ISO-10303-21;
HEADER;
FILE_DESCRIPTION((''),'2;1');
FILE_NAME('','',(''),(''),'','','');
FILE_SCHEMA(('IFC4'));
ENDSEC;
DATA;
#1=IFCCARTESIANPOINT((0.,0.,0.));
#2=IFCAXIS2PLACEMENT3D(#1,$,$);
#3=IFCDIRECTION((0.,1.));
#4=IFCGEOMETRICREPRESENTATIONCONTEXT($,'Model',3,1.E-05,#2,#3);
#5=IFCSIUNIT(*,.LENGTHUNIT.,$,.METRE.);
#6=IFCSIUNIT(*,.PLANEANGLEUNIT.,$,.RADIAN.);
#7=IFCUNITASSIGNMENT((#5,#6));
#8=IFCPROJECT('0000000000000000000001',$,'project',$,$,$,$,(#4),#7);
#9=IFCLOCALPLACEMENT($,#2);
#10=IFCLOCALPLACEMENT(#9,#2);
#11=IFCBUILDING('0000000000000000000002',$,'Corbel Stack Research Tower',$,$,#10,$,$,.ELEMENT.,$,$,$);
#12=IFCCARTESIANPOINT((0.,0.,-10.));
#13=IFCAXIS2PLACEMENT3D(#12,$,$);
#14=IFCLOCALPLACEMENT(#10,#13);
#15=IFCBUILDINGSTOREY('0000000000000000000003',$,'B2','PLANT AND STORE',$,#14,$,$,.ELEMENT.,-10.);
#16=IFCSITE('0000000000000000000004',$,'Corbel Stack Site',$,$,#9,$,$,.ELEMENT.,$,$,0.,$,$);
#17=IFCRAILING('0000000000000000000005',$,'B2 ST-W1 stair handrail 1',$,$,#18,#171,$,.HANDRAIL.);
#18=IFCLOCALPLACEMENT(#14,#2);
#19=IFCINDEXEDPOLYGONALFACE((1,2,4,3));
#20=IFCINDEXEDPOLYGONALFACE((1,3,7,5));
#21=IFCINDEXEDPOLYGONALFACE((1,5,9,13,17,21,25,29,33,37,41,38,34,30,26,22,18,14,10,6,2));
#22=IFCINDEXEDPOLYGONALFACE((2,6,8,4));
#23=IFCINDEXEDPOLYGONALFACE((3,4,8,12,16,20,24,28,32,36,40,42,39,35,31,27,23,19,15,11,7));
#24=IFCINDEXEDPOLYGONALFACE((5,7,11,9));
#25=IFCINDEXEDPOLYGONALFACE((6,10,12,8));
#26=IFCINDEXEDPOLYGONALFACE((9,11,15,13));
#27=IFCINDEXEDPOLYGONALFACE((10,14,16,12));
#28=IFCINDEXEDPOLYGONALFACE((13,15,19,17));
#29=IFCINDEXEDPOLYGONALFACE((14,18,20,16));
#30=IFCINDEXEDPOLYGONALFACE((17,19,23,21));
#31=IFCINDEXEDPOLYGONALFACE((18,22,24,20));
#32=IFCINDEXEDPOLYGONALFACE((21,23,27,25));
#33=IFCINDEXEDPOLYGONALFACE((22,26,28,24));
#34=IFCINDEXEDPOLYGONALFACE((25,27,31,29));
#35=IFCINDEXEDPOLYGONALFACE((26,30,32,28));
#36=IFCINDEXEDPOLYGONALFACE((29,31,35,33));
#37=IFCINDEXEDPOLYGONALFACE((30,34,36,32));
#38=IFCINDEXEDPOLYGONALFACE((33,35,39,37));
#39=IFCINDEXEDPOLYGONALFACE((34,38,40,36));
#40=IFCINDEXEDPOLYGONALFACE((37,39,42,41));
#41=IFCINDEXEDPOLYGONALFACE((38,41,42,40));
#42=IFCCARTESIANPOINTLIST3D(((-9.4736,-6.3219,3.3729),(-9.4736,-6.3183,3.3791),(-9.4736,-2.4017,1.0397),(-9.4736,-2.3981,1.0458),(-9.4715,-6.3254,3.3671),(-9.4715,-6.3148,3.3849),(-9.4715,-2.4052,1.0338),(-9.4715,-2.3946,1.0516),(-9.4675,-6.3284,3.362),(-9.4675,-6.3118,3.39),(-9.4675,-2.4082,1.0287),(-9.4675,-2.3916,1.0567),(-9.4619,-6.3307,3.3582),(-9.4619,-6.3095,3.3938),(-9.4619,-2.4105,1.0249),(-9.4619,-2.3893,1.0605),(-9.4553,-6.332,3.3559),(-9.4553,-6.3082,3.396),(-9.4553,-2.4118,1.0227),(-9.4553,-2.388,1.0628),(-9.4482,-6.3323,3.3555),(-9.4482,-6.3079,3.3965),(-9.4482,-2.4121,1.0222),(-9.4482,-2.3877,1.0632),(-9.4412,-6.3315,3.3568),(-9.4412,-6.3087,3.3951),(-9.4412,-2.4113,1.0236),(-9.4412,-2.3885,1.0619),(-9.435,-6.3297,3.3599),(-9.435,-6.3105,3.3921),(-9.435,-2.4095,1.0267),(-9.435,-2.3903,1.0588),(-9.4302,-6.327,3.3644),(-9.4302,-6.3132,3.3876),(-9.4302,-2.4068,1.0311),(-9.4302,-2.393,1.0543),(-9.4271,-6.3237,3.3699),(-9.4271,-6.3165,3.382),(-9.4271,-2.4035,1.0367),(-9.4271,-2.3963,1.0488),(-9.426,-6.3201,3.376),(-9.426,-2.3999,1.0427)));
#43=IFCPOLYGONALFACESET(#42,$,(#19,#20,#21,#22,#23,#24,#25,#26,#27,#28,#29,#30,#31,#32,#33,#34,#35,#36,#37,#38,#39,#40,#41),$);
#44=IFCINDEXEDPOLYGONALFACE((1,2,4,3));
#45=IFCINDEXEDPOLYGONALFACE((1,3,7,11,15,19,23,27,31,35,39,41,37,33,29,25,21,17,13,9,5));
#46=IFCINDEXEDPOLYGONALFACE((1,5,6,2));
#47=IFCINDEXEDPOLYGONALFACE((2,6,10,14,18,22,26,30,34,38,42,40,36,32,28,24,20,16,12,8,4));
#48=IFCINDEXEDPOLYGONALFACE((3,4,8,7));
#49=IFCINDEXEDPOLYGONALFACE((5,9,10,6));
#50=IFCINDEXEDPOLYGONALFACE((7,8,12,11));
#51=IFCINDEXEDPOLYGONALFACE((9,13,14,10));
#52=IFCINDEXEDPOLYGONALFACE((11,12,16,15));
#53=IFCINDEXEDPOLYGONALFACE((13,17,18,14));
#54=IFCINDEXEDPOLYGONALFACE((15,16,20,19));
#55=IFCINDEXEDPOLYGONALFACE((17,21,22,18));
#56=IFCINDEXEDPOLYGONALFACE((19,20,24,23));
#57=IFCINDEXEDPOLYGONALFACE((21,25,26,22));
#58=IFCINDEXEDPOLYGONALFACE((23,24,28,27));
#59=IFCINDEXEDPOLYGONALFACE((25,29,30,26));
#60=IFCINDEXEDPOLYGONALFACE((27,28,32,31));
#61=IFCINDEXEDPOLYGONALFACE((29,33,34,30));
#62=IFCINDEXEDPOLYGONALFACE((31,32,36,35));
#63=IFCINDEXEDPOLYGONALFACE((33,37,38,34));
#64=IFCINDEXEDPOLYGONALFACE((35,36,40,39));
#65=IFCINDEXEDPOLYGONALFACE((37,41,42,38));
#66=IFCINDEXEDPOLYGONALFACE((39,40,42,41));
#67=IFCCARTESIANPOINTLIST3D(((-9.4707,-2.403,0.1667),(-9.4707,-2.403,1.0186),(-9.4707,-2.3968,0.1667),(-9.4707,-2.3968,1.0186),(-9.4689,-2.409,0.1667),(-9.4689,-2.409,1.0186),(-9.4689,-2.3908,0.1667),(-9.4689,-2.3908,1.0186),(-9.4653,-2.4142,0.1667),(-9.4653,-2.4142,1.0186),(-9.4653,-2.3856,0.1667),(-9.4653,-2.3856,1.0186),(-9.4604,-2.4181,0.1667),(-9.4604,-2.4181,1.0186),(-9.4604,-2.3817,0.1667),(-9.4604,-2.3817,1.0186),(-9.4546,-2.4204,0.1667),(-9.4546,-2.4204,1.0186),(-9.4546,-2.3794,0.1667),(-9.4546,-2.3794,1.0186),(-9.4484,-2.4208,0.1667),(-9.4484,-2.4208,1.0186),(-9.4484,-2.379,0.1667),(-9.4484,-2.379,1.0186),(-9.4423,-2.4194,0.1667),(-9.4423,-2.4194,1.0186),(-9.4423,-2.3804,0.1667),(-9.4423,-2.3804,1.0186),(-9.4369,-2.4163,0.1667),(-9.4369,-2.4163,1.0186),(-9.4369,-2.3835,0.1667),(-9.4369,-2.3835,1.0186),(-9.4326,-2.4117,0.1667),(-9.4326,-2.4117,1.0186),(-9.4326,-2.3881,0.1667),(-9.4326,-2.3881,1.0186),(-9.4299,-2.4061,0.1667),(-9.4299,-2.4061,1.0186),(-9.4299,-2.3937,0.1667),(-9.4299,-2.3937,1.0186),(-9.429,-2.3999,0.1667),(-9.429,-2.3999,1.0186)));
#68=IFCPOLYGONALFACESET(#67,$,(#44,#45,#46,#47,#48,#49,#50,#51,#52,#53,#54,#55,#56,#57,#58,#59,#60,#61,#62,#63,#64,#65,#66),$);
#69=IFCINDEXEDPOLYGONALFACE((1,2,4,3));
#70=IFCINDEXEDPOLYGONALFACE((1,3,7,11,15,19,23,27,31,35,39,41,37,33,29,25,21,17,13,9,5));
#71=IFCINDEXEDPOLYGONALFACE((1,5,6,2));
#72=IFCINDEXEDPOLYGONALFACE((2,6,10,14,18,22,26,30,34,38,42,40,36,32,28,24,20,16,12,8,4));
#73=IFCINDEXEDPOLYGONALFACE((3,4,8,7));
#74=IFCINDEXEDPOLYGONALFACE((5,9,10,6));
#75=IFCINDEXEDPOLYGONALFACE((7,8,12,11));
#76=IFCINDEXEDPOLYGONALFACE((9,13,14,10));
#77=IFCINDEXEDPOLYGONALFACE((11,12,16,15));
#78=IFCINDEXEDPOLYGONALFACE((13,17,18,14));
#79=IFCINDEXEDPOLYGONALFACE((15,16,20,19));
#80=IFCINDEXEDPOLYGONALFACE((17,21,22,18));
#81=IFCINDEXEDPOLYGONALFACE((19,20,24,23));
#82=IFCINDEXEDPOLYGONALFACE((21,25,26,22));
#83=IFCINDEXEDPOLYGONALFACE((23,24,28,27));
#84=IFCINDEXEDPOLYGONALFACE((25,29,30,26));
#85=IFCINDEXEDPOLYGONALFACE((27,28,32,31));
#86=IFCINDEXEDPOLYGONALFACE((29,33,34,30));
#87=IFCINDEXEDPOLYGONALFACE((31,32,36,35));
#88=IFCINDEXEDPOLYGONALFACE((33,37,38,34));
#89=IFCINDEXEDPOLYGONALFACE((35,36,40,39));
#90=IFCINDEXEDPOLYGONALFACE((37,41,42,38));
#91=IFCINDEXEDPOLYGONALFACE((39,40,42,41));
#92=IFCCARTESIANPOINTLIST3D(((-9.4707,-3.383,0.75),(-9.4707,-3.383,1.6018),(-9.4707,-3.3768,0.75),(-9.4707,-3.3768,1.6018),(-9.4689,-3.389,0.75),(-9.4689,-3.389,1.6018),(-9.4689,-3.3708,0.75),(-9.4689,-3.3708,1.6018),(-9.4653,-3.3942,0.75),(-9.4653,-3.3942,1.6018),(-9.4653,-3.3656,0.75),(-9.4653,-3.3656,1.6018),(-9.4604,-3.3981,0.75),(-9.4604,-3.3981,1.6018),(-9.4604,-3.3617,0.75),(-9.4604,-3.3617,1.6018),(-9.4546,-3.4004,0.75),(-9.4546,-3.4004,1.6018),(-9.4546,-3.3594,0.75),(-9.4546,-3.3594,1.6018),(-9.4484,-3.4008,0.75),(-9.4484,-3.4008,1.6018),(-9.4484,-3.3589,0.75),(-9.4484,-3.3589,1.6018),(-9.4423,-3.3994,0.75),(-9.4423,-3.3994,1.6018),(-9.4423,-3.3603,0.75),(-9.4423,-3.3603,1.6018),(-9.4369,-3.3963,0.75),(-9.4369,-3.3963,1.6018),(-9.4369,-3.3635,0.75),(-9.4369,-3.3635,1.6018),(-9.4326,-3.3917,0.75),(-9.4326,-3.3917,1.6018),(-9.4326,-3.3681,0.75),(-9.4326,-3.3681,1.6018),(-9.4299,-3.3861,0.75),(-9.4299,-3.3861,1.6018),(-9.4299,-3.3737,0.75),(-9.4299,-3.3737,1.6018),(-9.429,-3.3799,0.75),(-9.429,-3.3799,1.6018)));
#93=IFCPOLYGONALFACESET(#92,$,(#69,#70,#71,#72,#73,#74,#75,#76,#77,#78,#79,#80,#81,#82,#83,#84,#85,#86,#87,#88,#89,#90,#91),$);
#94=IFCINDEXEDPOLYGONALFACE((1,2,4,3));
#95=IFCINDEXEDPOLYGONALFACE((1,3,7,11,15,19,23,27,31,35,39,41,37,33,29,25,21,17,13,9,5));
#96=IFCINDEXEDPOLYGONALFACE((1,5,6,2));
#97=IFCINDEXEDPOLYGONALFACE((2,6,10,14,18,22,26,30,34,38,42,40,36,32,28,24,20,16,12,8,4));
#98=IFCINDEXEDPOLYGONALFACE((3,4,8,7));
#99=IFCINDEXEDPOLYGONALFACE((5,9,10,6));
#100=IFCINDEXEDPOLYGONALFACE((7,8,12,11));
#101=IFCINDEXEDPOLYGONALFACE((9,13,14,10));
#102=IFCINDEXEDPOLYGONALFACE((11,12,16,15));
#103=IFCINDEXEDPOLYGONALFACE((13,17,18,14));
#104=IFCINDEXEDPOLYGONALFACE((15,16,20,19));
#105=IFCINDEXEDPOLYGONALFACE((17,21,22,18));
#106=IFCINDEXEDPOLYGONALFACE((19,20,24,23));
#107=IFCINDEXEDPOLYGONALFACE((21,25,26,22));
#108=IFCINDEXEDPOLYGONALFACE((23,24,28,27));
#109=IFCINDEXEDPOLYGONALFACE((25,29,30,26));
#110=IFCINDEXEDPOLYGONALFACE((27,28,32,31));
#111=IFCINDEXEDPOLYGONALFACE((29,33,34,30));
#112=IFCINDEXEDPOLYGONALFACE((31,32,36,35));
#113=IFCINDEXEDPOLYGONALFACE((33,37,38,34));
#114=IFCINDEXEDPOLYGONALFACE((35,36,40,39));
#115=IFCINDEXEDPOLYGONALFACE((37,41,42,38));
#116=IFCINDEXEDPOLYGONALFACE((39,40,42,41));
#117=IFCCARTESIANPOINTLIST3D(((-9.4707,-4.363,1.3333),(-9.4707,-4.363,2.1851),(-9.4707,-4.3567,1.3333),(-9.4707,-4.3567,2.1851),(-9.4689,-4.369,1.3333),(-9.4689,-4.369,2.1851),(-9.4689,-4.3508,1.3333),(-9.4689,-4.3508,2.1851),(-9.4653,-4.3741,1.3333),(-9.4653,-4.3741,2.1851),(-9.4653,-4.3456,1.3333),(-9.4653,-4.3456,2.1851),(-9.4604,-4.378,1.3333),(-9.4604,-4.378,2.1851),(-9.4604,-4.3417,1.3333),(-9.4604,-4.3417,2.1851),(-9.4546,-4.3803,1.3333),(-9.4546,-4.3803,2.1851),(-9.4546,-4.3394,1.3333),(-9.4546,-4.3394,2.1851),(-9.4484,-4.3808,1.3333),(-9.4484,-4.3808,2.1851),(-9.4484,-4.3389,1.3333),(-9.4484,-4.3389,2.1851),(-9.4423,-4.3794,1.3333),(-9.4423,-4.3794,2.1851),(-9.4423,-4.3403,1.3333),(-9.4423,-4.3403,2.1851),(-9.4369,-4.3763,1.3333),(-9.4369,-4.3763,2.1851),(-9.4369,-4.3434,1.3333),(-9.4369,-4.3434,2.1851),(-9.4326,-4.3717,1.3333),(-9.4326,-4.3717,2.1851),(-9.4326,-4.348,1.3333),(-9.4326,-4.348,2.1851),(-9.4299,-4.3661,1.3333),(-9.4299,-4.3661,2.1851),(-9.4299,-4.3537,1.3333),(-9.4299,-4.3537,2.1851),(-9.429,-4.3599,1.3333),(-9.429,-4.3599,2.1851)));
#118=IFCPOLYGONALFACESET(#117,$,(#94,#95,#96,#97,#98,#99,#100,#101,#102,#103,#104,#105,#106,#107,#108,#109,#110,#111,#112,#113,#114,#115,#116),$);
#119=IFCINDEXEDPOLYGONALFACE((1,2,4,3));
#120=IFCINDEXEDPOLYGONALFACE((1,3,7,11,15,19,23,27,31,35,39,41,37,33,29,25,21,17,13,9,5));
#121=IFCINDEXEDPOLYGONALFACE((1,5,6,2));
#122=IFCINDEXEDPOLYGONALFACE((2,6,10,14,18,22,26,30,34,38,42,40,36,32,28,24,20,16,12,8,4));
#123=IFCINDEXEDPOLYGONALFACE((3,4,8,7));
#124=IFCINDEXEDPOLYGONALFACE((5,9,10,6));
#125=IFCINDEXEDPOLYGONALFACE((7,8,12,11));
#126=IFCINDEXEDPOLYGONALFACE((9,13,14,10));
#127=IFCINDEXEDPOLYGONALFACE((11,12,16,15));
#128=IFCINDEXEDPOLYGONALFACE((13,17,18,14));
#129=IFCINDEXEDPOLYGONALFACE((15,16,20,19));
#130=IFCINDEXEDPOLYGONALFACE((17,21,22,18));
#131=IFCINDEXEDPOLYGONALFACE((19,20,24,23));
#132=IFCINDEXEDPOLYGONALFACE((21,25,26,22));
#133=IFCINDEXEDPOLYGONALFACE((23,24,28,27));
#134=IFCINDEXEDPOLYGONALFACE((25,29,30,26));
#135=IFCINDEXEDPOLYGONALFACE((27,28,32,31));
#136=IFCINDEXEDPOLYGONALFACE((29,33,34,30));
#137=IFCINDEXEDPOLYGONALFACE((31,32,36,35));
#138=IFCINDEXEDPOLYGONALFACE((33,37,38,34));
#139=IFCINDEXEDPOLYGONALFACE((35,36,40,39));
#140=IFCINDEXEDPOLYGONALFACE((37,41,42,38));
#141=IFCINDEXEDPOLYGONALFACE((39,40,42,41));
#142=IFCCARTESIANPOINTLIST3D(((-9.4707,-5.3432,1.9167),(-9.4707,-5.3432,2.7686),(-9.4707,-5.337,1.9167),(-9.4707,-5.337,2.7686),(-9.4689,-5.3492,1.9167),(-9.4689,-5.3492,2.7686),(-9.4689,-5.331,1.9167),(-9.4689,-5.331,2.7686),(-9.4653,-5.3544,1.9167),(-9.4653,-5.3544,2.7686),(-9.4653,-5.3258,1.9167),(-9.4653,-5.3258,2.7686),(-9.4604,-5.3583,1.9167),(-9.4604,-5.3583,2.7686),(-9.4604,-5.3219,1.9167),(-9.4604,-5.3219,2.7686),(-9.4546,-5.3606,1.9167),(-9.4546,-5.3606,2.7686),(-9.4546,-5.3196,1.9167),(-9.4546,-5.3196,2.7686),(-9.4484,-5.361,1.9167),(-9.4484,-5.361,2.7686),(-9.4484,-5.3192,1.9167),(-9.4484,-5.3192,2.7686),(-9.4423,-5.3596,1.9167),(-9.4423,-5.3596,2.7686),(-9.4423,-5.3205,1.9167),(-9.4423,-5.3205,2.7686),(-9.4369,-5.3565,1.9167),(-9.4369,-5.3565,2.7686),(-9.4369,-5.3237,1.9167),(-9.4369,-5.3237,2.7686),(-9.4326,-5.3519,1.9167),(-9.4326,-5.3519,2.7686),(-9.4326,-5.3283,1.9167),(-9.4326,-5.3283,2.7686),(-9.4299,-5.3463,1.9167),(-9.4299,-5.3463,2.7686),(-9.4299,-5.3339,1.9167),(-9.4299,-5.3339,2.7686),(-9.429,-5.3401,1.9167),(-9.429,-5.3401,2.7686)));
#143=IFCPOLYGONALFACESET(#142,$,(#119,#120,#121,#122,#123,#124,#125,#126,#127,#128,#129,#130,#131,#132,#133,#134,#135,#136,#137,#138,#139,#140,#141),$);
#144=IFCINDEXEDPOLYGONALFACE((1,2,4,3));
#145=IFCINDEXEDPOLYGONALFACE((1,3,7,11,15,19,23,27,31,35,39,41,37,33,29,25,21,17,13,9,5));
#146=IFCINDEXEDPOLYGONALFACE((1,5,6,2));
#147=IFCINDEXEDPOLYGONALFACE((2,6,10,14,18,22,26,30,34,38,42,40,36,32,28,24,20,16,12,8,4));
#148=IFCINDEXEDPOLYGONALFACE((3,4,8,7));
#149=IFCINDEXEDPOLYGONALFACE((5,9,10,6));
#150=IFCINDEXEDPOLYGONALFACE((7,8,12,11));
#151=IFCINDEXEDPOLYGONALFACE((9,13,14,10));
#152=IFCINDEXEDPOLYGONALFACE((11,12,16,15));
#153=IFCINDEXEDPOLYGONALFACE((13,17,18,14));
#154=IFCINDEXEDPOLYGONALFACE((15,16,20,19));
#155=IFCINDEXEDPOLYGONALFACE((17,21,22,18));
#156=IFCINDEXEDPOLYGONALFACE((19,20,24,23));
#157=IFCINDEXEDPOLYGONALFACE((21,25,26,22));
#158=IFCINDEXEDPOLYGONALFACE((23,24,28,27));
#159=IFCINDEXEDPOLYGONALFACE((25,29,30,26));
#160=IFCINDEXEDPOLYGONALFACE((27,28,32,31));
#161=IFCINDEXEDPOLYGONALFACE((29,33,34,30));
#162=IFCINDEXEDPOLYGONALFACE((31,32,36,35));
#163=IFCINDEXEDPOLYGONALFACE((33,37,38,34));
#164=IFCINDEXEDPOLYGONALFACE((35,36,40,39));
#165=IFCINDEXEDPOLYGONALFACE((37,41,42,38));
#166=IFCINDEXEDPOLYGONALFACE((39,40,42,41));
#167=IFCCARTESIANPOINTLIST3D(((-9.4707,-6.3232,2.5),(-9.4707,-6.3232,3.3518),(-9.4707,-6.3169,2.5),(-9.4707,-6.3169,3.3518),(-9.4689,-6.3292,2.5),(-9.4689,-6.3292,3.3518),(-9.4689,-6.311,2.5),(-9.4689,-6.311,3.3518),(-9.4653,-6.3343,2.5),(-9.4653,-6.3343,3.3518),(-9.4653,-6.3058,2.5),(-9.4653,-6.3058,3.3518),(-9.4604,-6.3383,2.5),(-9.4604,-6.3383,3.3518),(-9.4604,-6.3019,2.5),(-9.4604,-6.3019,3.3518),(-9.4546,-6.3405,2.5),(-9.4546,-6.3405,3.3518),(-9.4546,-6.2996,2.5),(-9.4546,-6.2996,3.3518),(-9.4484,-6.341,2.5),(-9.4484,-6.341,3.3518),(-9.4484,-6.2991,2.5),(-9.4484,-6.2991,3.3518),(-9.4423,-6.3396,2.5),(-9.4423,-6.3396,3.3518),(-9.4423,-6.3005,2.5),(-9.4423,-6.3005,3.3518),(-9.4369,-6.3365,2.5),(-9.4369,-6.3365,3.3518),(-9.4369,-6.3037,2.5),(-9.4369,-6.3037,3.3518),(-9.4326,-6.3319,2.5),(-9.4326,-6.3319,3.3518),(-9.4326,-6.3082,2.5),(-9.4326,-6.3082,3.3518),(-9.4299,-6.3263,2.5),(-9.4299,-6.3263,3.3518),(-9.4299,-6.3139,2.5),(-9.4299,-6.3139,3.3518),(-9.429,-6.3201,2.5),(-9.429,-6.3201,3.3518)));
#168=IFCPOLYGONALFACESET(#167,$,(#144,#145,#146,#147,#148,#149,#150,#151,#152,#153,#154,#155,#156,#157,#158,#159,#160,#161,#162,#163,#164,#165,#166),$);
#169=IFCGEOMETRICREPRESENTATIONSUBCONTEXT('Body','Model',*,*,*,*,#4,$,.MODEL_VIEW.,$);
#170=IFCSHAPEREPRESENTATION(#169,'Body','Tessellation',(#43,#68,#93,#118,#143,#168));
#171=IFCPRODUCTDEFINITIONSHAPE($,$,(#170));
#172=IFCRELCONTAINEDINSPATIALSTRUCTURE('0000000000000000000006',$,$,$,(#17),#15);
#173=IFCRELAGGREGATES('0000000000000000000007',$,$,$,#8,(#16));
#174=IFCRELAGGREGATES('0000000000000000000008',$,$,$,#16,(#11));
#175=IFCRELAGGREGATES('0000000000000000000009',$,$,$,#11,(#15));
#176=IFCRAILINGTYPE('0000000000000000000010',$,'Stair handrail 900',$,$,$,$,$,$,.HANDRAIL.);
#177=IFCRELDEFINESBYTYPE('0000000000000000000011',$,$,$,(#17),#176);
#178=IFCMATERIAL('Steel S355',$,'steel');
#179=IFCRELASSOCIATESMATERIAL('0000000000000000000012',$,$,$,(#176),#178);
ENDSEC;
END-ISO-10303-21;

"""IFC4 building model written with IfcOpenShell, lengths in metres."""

from ifc_helpers import new_model, si_unit, direction, frame, origin, origin_2d, place, context, subcontext, project, spatial, circle, extrude, material, type_object, element, save


model = new_model("IFC4")

# Units and contexts
model_context = context("Model", 3, precision=1e-05, world=origin(), true_north=direction((0.0, 1.0)))
body_context = subcontext(model_context, "Body", "Model", "MODEL_VIEW")
ifc_project = project(units=[si_unit("LENGTHUNIT", "METRE"), si_unit("PLANEANGLEUNIT", "RADIAN")], contexts=[model_context])

# Site, building, storey
site_placement = place(None, origin())
site = spatial("IfcSite", under=ifc_project, at=site_placement, Name="Corbel Stack Site", CompositionType="ELEMENT", RefElevation=0.0)
building_placement = place(site_placement, origin())
building = spatial("IfcBuilding", under=site, at=building_placement, Name="Corbel Stack Research Tower", CompositionType="ELEMENT")
storey_placement = place(building_placement, frame((0.0, 0.0, -10.0)))
storey = spatial("IfcBuildingStorey", under=building, at=storey_placement, Name="B2", Description="PLANT AND STORE", CompositionType="ELEMENT", Elevation=-10.0)

# Railing
ifc_material_1 = material(Name="Steel S355", Category="steel")
railing_type_1 = type_object("IfcRailingType", Name="Stair handrail 900", PredefinedType="HANDRAIL", material=ifc_material_1)
railing_1_placement = place(storey_placement, frame((-9.45, -2.3999, 0.1667)))
element("IfcRailing", 1, at=railing_1_placement, inside=storey, type_object=railing_type_1, Name="B2 ST-W1 stair handrail 1", PredefinedType="HANDRAIL", context=body_context, shape_type="SweptSolid", body=[
    extrude(circle(Radius=0.0239, at=origin_2d()), frame((0.0, 0.0, 0.876), z_axis=(0.0, -0.85931, 0.511455), x_axis=(1.0, 0.0, 0.0)), (0.0, 0.0, 1.0), 4.562),
    extrude(circle(Radius=0.021, at=origin_2d()), origin(), (0.0, 0.0, 1.0), 0.8518),
    extrude(circle(Radius=0.021, at=origin_2d()), frame((0.0, -0.98, 0.5833)), (0.0, 0.0, 1.0), 0.8518),
    extrude(circle(Radius=0.021, at=origin_2d()), frame((0.0, -1.96, 1.1665)), (0.0, 0.0, 1.0), 0.8518),
    extrude(circle(Radius=0.021, at=origin_2d()), frame((0.0, -2.9402, 1.75)), (0.0, 0.0, 1.0), 0.8518),
    extrude(circle(Radius=0.021, at=origin_2d()), frame((0.0, -3.9202, 2.3333)), (0.0, 0.0, 1.0), 0.8518),
])

save(model, "model.ifc")
